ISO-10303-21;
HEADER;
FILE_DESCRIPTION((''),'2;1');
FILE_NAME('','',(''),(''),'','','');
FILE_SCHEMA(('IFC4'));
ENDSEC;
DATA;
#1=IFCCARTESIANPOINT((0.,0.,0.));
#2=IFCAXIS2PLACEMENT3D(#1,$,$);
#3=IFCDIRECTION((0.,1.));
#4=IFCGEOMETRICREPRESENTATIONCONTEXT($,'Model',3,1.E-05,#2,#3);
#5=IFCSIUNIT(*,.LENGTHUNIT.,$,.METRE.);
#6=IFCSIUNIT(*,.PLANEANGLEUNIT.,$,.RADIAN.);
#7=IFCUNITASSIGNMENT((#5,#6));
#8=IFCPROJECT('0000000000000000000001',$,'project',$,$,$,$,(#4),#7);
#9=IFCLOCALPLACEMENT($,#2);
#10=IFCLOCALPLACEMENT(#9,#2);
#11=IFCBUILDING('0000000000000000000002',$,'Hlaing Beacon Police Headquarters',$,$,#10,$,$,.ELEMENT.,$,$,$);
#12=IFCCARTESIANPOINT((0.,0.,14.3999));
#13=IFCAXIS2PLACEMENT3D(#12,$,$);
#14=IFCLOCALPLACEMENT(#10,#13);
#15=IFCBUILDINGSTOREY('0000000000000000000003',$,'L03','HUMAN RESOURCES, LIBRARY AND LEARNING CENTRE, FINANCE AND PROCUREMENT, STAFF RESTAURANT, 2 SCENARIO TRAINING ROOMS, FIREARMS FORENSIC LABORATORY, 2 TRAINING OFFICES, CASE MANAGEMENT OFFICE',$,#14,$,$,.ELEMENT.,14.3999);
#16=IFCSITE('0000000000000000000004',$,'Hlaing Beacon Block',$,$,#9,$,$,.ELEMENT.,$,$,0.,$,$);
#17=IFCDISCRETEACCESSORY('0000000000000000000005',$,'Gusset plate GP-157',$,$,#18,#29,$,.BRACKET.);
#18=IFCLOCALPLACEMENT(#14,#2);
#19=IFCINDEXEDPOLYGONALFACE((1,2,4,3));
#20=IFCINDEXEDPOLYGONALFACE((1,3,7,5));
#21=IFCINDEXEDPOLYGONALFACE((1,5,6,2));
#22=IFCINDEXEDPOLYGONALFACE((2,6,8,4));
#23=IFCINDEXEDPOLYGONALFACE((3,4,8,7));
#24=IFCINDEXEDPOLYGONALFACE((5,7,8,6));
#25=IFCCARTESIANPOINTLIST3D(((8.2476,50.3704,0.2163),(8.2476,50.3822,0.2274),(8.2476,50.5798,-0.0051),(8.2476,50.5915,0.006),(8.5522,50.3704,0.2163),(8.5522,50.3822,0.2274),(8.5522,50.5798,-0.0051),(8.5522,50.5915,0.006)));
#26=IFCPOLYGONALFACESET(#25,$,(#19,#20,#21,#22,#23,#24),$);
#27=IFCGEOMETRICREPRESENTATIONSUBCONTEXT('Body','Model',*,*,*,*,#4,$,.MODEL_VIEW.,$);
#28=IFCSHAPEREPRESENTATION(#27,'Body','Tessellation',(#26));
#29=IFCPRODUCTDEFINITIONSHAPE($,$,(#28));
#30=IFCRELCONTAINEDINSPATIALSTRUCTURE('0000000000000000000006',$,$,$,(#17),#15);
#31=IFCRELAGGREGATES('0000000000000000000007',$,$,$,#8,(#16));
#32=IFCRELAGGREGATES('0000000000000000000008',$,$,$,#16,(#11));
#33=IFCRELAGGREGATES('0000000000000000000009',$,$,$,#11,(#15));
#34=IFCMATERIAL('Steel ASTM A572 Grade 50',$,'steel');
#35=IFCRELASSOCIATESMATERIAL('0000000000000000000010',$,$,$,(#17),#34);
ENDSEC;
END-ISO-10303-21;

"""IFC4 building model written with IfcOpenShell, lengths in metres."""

from ifc_helpers import new_model, si_unit, direction, frame, origin, origin_2d, place, context, subcontext, project, spatial, rectangle, extrude, material, element, save


model = new_model("IFC4")

# Units and contexts
model_context = context("Model", 3, precision=1e-05, world=origin(), true_north=direction((0.0, 1.0)))
body_context = subcontext(model_context, "Body", "Model", "MODEL_VIEW")
ifc_project = project(units=[si_unit("LENGTHUNIT", "METRE"), si_unit("PLANEANGLEUNIT", "RADIAN")], contexts=[model_context])

# Site, building, storey
site_placement = place(None, origin())
site = spatial("IfcSite", under=ifc_project, at=site_placement, Name="Hlaing Beacon Block", CompositionType="ELEMENT", RefElevation=0.0)
building_placement = place(site_placement, origin())
building = spatial("IfcBuilding", under=site, at=building_placement, Name="Hlaing Beacon Police Headquarters", CompositionType="ELEMENT")
storey_placement = place(building_placement, frame((0.0, 0.0, 14.3999)))
storey = spatial("IfcBuildingStorey", under=building, at=storey_placement, Name="L03", Description="HUMAN RESOURCES, LIBRARY AND LEARNING CENTRE, FINANCE AND PROCUREMENT, STAFF RESTAURANT, 2 SCENARIO TRAINING ROOMS, FIREARMS FORENSIC LABORATORY, 2 TRAINING OFFICES, CASE MANAGEMENT OFFICE", CompositionType="ELEMENT", Elevation=14.3999)

# Discrete accessory
ifc_material_1 = material(Name="Steel ASTM A572 Grade 50", Category="steel")
for number, where, z_axis, x_axis, name in (
    (1, (8.3999, 50.4868, 0.1167), (0.0, -0.726657, -0.687001), (1.0, 0.0, 0.0), "Gusset plate GP-157"),
):
    element("IfcDiscreteAccessory", number, at=place(storey_placement, frame(where, z_axis=z_axis, x_axis=x_axis)), inside=storey, material=ifc_material_1, Name=name, PredefinedType="BRACKET", context=body_context, shape_type="SweptSolid", body=[
        extrude(rectangle(XDim=0.3047, YDim=0.3047, at=origin_2d()), origin(), (0.0, 0.0, 1.0), 0.0161),
    ])

save(model, "model.ifc")
